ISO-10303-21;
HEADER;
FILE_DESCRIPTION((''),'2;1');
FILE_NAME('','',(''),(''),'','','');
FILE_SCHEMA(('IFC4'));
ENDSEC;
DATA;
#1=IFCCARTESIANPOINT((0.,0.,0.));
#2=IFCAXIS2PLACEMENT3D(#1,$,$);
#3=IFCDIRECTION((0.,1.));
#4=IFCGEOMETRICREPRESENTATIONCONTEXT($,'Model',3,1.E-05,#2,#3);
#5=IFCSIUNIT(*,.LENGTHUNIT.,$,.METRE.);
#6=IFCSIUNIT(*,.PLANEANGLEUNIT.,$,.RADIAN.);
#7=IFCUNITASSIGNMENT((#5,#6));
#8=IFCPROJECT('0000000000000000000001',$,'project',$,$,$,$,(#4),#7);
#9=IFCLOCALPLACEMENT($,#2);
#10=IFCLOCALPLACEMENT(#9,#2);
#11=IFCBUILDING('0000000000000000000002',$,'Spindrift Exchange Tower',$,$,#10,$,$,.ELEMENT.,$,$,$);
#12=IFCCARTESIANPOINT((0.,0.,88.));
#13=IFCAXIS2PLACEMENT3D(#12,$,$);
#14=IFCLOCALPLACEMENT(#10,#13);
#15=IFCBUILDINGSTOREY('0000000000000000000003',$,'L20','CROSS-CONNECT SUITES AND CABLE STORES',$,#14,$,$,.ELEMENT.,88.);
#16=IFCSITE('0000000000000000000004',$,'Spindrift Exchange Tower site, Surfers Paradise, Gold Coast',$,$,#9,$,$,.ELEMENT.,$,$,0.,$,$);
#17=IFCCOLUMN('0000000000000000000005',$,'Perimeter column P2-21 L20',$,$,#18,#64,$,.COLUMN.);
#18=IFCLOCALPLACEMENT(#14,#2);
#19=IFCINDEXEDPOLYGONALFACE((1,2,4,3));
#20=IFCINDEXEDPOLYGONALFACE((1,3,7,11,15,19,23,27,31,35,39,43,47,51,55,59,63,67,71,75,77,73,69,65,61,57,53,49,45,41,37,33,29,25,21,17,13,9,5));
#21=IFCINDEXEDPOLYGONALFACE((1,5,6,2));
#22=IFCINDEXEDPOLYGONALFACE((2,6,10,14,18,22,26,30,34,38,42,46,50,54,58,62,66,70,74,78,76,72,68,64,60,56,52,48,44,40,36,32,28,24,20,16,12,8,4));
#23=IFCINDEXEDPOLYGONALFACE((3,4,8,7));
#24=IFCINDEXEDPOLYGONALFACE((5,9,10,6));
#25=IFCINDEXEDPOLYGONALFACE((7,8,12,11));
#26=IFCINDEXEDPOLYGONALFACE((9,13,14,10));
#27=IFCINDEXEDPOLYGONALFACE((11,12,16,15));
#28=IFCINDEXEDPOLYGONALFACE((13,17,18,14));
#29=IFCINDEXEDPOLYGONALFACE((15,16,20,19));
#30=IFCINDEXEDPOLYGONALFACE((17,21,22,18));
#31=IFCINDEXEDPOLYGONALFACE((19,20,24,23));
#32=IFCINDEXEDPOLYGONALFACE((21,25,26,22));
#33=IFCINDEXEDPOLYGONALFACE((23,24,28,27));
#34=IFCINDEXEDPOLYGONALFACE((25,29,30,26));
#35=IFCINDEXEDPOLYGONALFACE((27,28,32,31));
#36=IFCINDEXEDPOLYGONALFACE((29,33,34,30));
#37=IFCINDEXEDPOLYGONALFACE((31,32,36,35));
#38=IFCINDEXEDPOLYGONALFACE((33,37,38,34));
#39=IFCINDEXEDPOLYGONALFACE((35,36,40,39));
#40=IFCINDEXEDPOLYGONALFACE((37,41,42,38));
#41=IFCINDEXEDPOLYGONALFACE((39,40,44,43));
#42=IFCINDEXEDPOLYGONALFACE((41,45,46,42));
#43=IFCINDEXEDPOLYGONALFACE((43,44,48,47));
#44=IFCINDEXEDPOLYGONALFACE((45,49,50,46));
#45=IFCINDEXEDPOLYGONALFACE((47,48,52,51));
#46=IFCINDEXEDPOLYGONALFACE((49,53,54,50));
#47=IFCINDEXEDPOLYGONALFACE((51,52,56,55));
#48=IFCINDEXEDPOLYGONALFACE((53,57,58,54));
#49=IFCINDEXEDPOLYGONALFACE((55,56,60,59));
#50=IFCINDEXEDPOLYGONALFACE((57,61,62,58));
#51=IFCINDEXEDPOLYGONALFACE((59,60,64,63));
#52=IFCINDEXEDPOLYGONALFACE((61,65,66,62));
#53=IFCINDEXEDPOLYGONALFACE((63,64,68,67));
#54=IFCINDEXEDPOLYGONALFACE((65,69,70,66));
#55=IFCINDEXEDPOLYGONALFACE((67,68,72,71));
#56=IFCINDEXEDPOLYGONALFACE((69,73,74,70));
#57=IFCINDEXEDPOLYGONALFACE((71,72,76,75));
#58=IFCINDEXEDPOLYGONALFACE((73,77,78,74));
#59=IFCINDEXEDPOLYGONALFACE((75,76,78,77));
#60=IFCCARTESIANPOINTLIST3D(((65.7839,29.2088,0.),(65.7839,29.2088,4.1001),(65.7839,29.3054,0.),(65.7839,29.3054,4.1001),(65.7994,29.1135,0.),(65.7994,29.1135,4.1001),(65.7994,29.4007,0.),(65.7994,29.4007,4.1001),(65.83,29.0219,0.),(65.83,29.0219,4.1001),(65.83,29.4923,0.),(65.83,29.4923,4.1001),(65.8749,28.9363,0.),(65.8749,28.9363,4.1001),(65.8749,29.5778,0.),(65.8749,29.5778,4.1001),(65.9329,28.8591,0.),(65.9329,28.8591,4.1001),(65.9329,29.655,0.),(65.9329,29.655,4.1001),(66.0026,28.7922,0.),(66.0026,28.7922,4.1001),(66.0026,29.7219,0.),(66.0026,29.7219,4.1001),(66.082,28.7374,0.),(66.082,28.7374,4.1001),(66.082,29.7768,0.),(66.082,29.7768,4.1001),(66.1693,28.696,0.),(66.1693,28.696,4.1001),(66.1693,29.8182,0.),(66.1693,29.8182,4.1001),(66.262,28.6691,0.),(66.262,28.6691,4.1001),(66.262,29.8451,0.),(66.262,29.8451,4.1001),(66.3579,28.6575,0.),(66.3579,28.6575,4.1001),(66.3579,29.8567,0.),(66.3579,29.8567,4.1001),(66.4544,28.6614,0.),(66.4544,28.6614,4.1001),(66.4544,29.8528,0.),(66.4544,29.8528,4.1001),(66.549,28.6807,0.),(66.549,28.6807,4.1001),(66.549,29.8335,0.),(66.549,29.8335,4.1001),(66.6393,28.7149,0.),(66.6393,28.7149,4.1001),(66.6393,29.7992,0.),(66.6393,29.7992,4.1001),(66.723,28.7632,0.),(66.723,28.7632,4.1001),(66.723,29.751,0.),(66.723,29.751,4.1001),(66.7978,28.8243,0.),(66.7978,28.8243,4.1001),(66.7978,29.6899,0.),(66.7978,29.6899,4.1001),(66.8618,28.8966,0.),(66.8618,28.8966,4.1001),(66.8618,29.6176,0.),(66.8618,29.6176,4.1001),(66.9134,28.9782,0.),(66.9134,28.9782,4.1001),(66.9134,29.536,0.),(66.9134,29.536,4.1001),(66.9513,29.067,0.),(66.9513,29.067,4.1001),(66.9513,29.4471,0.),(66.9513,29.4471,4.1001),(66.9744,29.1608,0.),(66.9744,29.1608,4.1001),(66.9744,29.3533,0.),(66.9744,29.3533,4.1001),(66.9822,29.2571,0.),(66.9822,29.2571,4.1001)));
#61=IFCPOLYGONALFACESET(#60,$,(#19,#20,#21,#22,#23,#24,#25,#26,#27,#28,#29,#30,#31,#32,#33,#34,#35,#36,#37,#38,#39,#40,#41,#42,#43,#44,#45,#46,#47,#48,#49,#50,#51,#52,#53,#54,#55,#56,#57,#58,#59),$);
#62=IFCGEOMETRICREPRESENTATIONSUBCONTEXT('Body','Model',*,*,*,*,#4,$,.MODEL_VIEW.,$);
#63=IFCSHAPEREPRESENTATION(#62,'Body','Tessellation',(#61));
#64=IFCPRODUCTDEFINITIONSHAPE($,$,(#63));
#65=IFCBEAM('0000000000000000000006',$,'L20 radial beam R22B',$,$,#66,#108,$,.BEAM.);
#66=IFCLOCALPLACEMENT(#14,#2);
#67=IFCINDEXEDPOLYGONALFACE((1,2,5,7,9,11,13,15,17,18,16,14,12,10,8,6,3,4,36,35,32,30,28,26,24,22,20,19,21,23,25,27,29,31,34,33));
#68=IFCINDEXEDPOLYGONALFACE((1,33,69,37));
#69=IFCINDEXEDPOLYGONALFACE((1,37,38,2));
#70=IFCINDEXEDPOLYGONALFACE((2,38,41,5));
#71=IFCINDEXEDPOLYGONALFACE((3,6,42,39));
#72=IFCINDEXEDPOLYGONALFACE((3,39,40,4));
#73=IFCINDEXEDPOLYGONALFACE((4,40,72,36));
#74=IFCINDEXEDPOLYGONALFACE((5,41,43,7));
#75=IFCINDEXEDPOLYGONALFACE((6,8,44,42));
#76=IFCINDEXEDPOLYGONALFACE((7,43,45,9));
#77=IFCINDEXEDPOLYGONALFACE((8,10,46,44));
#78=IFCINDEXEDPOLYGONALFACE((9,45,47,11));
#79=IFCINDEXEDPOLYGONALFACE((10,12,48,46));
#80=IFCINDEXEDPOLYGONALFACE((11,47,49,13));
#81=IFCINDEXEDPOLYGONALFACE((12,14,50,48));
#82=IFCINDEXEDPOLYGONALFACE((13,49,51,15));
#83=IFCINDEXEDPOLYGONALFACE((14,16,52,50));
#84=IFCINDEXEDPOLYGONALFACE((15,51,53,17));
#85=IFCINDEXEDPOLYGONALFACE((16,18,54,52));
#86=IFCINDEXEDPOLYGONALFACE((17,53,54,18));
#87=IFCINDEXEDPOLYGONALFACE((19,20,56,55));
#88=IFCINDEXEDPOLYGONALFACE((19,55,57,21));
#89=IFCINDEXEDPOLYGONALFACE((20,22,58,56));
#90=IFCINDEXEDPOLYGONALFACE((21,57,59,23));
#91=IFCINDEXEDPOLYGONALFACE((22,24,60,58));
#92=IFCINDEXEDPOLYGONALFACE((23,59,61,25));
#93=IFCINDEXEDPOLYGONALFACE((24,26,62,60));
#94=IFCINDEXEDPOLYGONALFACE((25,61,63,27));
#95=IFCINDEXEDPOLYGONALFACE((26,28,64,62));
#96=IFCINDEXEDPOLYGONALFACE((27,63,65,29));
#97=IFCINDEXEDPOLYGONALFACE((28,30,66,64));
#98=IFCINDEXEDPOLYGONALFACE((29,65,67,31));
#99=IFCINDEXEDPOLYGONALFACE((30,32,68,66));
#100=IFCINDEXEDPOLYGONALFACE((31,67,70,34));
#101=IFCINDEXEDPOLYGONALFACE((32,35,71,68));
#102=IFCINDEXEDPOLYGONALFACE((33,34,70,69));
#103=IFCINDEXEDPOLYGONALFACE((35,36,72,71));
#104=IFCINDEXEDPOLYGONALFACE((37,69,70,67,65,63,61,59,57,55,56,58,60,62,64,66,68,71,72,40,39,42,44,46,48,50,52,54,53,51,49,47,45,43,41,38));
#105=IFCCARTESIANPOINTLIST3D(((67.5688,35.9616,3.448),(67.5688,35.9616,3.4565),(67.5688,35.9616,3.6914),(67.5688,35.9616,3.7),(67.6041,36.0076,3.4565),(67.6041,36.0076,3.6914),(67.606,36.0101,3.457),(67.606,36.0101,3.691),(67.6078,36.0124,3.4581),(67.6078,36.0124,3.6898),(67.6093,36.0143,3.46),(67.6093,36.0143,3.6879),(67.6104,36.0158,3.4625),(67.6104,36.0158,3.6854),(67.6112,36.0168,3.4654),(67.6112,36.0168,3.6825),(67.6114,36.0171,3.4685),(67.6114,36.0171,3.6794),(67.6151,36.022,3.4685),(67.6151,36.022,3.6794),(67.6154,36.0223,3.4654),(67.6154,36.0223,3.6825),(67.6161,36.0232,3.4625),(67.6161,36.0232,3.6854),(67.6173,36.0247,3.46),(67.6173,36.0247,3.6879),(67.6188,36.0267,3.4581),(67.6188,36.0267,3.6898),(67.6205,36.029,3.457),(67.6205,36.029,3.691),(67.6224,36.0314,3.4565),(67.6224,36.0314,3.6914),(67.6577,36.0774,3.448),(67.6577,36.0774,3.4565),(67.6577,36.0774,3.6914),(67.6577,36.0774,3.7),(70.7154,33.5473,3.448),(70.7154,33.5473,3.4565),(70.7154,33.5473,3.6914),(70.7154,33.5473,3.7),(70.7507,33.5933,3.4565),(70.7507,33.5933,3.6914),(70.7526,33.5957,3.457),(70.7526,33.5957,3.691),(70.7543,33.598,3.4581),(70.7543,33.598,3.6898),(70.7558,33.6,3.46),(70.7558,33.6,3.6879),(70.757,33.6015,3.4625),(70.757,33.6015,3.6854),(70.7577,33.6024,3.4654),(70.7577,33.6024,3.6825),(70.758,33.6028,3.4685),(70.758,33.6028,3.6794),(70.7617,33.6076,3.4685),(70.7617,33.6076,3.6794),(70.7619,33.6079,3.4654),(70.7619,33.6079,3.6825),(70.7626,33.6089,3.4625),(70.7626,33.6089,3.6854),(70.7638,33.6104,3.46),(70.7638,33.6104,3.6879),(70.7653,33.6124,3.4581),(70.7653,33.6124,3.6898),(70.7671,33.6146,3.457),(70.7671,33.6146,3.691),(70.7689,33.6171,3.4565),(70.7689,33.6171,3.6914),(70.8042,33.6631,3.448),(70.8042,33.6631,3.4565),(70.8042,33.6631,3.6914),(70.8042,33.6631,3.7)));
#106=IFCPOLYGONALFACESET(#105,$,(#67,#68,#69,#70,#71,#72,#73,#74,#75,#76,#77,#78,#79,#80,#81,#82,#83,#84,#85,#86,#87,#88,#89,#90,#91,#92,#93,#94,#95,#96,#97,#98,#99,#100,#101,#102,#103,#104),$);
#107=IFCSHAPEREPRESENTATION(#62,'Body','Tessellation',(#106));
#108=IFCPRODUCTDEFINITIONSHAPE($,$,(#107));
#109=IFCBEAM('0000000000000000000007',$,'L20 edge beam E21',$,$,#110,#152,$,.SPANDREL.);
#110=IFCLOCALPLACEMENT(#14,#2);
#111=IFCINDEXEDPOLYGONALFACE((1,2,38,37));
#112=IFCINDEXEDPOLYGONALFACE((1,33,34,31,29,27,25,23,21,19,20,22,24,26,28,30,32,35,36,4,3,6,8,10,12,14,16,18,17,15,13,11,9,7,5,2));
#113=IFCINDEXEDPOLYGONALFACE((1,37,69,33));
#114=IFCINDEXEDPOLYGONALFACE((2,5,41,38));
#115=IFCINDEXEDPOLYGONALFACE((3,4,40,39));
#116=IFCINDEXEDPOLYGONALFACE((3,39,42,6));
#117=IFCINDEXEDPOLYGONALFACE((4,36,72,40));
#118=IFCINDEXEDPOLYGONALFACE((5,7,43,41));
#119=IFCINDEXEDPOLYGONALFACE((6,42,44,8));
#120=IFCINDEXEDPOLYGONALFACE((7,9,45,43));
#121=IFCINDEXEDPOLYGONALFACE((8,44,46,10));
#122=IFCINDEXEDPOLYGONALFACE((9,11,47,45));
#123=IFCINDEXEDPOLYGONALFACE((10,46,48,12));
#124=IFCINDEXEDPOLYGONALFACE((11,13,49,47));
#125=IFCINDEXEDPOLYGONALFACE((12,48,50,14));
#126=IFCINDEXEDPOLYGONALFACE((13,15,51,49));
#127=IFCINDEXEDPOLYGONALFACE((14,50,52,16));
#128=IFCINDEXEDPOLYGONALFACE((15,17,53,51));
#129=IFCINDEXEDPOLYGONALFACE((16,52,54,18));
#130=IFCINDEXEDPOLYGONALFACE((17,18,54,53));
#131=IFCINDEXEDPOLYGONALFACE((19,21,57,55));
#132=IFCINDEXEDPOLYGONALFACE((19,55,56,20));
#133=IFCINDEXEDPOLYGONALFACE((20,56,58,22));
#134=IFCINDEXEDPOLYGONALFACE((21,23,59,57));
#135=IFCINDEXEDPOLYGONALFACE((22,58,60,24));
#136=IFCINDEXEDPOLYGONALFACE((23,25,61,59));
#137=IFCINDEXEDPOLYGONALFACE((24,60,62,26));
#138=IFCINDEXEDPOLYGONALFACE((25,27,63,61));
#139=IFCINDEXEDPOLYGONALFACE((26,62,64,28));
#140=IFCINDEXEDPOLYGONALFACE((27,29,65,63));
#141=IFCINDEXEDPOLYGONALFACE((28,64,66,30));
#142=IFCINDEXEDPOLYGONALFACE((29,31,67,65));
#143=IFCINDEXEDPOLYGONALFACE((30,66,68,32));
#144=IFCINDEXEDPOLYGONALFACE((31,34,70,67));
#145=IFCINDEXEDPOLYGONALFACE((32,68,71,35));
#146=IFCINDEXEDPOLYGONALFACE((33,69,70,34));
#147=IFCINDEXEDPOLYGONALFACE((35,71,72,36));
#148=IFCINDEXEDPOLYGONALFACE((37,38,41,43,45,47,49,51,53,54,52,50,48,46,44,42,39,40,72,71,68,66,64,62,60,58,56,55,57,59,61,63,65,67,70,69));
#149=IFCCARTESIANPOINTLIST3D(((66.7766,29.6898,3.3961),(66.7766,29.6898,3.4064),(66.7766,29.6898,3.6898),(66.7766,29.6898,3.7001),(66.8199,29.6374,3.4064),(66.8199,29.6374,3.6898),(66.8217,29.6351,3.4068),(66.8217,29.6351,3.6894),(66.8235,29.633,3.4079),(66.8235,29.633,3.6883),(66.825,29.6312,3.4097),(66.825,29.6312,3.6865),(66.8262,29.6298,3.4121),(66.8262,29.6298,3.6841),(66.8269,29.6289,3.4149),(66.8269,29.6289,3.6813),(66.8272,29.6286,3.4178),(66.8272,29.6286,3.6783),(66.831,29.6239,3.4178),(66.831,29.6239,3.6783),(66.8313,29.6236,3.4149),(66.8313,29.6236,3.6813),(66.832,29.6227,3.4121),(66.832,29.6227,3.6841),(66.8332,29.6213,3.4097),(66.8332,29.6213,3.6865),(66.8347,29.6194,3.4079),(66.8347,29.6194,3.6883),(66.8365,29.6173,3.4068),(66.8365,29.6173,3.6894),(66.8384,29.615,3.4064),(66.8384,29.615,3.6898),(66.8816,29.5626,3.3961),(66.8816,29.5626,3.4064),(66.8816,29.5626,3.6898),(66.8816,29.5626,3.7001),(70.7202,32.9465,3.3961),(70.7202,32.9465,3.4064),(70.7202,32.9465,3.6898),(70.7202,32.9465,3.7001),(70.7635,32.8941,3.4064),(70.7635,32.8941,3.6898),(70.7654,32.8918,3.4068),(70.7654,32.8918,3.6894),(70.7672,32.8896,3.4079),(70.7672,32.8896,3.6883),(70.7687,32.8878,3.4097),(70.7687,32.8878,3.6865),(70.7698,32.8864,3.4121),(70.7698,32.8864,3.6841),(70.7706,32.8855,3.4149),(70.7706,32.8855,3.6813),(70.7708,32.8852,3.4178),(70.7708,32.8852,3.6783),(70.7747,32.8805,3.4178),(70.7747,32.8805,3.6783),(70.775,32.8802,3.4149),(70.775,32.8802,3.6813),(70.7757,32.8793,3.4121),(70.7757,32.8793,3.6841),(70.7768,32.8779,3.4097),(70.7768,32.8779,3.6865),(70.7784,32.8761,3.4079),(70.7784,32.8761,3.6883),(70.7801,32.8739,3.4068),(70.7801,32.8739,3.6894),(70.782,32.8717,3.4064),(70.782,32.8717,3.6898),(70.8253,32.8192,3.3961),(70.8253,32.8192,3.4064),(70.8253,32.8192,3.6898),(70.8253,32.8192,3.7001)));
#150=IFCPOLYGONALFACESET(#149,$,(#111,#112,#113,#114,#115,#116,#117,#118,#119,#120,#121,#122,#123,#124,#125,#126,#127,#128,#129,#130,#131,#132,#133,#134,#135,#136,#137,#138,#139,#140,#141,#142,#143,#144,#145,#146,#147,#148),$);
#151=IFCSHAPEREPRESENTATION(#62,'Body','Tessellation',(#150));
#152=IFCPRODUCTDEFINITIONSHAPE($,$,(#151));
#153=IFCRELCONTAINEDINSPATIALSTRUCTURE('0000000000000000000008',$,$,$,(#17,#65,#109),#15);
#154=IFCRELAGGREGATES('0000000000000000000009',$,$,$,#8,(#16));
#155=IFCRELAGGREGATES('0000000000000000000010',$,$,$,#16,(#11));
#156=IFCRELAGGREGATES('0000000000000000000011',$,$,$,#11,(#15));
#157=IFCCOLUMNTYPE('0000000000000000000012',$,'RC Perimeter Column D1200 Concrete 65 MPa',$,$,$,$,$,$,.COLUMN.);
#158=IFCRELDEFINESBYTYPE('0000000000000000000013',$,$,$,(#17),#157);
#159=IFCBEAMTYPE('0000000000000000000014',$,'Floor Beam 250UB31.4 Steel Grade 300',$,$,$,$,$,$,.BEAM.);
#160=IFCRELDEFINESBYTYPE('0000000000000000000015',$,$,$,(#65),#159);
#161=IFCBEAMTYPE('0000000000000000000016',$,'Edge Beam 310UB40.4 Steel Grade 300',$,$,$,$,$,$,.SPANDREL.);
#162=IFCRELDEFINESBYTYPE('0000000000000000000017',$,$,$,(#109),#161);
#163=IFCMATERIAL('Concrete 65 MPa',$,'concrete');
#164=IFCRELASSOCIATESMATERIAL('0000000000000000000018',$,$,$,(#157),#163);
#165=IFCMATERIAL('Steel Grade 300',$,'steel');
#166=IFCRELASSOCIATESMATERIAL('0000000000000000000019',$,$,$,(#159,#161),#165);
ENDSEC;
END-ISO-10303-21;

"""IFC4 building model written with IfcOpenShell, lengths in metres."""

from ifc_helpers import new_model, si_unit, direction, frame, origin, origin_2d, place, context, subcontext, project, spatial, circle, i_section, extrude, source, transform, mapped, material, material_profile, profile_set, type_object, element, save


model = new_model("IFC4")

# Units and contexts
model_context = context("Model", 3, precision=1e-05, world=origin(), true_north=direction((0.0, 1.0)))
body_context = subcontext(model_context, "Body", "Model", "MODEL_VIEW")
ifc_project = project(units=[si_unit("LENGTHUNIT", "METRE"), si_unit("PLANEANGLEUNIT", "RADIAN")], contexts=[model_context])

# Site, building, storey
site_placement = place(None, origin())
site = spatial("IfcSite", under=ifc_project, at=site_placement, Name="Spindrift Exchange Tower site, Surfers Paradise, Gold Coast", CompositionType="ELEMENT", RefElevation=0.0)
building_placement = place(site_placement, origin())
building = spatial("IfcBuilding", under=site, at=building_placement, Name="Spindrift Exchange Tower", CompositionType="ELEMENT")
storey_placement = place(building_placement, frame((0.0, 0.0, 88.0)))
storey = spatial("IfcBuildingStorey", under=building, at=storey_placement, Name="L20", Description="CROSS-CONNECT SUITES AND CABLE STORES", CompositionType="ELEMENT", Elevation=88.0)

# Column
ifc_material_1 = material(Name="Concrete 65 MPa", Category="concrete")
ifc_material_profile_1 = material_profile(ifc_material_1, circle(Radius=0.6001, at=origin_2d()), Name="RC D1200")
ifc_profile_set_1 = profile_set([ifc_material_profile_1], Name="Concrete 65 MPa")
column_type = type_object("IfcColumnType", Name="RC Perimeter Column D1200 Concrete 65 MPa", PredefinedType="COLUMN", material=ifc_profile_set_1)
shared_shape_1 = source(origin(), body_context, "Body", "SweptSolid", [
    extrude(circle(Radius=0.6001, at=origin_2d()), origin(), (0.0, 0.0, 1.0), 4.1001),
])
column_placement = place(storey_placement, frame((66.3821, 29.2571, 0.0), z_axis=(0.0, 0.0, 1.0), x_axis=(1.0, 0.0, 0.0)))
element("IfcColumn", 1, at=column_placement, inside=storey, type_object=column_type, Name="Perimeter column P2-21 L20", PredefinedType="COLUMN", context=body_context, shape_type="MappedRepresentation", body=[
    mapped(shared_shape_1, transform((0.0, 0.0, 0.0), scale=1.0)),
])

# Beams
ifc_material_2 = material(Name="Steel Grade 300", Category="steel")
ifc_material_profile_2 = material_profile(ifc_material_2, i_section(OverallWidth=0.146, OverallDepth=0.252, WebThickness=0.0061, FlangeThickness=0.0085, FilletRadius=0.012, at=origin_2d()), Name="250UB31.4")
ifc_profile_set_2 = profile_set([ifc_material_profile_2], Name="Steel Grade 300")
beam_type_1 = type_object("IfcBeamType", Name="Floor Beam 250UB31.4 Steel Grade 300", PredefinedType="BEAM", material=ifc_profile_set_2)
shared_shape_2 = source(origin(), body_context, "Body", "SweptSolid", [
    extrude(i_section(OverallWidth=0.146, OverallDepth=0.252, WebThickness=0.0061, FlangeThickness=0.0085, FilletRadius=0.012, at=origin_2d()), origin(), (0.0, 0.0, 1.0), 3.9661),
])
beam_1_placement = place(storey_placement, frame((67.6133, 36.0195, 3.574), z_axis=(0.793363, -0.608749, 0.0), x_axis=(0.608749, 0.793363, 0.0)))
element("IfcBeam", 2, at=beam_1_placement, inside=storey, type_object=beam_type_1, Name="L20 radial beam R22B", PredefinedType="BEAM", context=body_context, shape_type="MappedRepresentation", body=[
    mapped(shared_shape_2, transform((0.0, 0.0, 0.0), scale=1.0)),
])
ifc_material_profile_3 = material_profile(ifc_material_2, i_section(OverallWidth=0.165, OverallDepth=0.304, WebThickness=0.0061, FlangeThickness=0.0103, FilletRadius=0.0115, at=origin_2d()), Name="310UB40.4")
ifc_profile_set_3 = profile_set([ifc_material_profile_3], Name="Steel Grade 300")
beam_type_2 = type_object("IfcBeamType", Name="Edge Beam 310UB40.4 Steel Grade 300", PredefinedType="SPANDREL", material=ifc_profile_set_3)
shared_shape_3 = source(origin(), body_context, "Body", "SweptSolid", [
    extrude(i_section(OverallWidth=0.165, OverallDepth=0.304, WebThickness=0.0061, FlangeThickness=0.0103, FilletRadius=0.0115, at=origin_2d()), origin(), (0.0, 0.0, 1.0), 5.1145),
])
beam_2_placement = place(storey_placement, frame((66.8291, 29.6262, 3.5481), z_axis=(0.771074, 0.636746, 0.0), x_axis=(-0.636746, 0.771074, 0.0)))
element("IfcBeam", 3, at=beam_2_placement, inside=storey, type_object=beam_type_2, Name="L20 edge beam E21", PredefinedType="SPANDREL", context=body_context, shape_type="MappedRepresentation", body=[
    mapped(shared_shape_3, transform((0.0, 0.0, 0.0), scale=1.0)),
])

save(model, "model.ifc")
